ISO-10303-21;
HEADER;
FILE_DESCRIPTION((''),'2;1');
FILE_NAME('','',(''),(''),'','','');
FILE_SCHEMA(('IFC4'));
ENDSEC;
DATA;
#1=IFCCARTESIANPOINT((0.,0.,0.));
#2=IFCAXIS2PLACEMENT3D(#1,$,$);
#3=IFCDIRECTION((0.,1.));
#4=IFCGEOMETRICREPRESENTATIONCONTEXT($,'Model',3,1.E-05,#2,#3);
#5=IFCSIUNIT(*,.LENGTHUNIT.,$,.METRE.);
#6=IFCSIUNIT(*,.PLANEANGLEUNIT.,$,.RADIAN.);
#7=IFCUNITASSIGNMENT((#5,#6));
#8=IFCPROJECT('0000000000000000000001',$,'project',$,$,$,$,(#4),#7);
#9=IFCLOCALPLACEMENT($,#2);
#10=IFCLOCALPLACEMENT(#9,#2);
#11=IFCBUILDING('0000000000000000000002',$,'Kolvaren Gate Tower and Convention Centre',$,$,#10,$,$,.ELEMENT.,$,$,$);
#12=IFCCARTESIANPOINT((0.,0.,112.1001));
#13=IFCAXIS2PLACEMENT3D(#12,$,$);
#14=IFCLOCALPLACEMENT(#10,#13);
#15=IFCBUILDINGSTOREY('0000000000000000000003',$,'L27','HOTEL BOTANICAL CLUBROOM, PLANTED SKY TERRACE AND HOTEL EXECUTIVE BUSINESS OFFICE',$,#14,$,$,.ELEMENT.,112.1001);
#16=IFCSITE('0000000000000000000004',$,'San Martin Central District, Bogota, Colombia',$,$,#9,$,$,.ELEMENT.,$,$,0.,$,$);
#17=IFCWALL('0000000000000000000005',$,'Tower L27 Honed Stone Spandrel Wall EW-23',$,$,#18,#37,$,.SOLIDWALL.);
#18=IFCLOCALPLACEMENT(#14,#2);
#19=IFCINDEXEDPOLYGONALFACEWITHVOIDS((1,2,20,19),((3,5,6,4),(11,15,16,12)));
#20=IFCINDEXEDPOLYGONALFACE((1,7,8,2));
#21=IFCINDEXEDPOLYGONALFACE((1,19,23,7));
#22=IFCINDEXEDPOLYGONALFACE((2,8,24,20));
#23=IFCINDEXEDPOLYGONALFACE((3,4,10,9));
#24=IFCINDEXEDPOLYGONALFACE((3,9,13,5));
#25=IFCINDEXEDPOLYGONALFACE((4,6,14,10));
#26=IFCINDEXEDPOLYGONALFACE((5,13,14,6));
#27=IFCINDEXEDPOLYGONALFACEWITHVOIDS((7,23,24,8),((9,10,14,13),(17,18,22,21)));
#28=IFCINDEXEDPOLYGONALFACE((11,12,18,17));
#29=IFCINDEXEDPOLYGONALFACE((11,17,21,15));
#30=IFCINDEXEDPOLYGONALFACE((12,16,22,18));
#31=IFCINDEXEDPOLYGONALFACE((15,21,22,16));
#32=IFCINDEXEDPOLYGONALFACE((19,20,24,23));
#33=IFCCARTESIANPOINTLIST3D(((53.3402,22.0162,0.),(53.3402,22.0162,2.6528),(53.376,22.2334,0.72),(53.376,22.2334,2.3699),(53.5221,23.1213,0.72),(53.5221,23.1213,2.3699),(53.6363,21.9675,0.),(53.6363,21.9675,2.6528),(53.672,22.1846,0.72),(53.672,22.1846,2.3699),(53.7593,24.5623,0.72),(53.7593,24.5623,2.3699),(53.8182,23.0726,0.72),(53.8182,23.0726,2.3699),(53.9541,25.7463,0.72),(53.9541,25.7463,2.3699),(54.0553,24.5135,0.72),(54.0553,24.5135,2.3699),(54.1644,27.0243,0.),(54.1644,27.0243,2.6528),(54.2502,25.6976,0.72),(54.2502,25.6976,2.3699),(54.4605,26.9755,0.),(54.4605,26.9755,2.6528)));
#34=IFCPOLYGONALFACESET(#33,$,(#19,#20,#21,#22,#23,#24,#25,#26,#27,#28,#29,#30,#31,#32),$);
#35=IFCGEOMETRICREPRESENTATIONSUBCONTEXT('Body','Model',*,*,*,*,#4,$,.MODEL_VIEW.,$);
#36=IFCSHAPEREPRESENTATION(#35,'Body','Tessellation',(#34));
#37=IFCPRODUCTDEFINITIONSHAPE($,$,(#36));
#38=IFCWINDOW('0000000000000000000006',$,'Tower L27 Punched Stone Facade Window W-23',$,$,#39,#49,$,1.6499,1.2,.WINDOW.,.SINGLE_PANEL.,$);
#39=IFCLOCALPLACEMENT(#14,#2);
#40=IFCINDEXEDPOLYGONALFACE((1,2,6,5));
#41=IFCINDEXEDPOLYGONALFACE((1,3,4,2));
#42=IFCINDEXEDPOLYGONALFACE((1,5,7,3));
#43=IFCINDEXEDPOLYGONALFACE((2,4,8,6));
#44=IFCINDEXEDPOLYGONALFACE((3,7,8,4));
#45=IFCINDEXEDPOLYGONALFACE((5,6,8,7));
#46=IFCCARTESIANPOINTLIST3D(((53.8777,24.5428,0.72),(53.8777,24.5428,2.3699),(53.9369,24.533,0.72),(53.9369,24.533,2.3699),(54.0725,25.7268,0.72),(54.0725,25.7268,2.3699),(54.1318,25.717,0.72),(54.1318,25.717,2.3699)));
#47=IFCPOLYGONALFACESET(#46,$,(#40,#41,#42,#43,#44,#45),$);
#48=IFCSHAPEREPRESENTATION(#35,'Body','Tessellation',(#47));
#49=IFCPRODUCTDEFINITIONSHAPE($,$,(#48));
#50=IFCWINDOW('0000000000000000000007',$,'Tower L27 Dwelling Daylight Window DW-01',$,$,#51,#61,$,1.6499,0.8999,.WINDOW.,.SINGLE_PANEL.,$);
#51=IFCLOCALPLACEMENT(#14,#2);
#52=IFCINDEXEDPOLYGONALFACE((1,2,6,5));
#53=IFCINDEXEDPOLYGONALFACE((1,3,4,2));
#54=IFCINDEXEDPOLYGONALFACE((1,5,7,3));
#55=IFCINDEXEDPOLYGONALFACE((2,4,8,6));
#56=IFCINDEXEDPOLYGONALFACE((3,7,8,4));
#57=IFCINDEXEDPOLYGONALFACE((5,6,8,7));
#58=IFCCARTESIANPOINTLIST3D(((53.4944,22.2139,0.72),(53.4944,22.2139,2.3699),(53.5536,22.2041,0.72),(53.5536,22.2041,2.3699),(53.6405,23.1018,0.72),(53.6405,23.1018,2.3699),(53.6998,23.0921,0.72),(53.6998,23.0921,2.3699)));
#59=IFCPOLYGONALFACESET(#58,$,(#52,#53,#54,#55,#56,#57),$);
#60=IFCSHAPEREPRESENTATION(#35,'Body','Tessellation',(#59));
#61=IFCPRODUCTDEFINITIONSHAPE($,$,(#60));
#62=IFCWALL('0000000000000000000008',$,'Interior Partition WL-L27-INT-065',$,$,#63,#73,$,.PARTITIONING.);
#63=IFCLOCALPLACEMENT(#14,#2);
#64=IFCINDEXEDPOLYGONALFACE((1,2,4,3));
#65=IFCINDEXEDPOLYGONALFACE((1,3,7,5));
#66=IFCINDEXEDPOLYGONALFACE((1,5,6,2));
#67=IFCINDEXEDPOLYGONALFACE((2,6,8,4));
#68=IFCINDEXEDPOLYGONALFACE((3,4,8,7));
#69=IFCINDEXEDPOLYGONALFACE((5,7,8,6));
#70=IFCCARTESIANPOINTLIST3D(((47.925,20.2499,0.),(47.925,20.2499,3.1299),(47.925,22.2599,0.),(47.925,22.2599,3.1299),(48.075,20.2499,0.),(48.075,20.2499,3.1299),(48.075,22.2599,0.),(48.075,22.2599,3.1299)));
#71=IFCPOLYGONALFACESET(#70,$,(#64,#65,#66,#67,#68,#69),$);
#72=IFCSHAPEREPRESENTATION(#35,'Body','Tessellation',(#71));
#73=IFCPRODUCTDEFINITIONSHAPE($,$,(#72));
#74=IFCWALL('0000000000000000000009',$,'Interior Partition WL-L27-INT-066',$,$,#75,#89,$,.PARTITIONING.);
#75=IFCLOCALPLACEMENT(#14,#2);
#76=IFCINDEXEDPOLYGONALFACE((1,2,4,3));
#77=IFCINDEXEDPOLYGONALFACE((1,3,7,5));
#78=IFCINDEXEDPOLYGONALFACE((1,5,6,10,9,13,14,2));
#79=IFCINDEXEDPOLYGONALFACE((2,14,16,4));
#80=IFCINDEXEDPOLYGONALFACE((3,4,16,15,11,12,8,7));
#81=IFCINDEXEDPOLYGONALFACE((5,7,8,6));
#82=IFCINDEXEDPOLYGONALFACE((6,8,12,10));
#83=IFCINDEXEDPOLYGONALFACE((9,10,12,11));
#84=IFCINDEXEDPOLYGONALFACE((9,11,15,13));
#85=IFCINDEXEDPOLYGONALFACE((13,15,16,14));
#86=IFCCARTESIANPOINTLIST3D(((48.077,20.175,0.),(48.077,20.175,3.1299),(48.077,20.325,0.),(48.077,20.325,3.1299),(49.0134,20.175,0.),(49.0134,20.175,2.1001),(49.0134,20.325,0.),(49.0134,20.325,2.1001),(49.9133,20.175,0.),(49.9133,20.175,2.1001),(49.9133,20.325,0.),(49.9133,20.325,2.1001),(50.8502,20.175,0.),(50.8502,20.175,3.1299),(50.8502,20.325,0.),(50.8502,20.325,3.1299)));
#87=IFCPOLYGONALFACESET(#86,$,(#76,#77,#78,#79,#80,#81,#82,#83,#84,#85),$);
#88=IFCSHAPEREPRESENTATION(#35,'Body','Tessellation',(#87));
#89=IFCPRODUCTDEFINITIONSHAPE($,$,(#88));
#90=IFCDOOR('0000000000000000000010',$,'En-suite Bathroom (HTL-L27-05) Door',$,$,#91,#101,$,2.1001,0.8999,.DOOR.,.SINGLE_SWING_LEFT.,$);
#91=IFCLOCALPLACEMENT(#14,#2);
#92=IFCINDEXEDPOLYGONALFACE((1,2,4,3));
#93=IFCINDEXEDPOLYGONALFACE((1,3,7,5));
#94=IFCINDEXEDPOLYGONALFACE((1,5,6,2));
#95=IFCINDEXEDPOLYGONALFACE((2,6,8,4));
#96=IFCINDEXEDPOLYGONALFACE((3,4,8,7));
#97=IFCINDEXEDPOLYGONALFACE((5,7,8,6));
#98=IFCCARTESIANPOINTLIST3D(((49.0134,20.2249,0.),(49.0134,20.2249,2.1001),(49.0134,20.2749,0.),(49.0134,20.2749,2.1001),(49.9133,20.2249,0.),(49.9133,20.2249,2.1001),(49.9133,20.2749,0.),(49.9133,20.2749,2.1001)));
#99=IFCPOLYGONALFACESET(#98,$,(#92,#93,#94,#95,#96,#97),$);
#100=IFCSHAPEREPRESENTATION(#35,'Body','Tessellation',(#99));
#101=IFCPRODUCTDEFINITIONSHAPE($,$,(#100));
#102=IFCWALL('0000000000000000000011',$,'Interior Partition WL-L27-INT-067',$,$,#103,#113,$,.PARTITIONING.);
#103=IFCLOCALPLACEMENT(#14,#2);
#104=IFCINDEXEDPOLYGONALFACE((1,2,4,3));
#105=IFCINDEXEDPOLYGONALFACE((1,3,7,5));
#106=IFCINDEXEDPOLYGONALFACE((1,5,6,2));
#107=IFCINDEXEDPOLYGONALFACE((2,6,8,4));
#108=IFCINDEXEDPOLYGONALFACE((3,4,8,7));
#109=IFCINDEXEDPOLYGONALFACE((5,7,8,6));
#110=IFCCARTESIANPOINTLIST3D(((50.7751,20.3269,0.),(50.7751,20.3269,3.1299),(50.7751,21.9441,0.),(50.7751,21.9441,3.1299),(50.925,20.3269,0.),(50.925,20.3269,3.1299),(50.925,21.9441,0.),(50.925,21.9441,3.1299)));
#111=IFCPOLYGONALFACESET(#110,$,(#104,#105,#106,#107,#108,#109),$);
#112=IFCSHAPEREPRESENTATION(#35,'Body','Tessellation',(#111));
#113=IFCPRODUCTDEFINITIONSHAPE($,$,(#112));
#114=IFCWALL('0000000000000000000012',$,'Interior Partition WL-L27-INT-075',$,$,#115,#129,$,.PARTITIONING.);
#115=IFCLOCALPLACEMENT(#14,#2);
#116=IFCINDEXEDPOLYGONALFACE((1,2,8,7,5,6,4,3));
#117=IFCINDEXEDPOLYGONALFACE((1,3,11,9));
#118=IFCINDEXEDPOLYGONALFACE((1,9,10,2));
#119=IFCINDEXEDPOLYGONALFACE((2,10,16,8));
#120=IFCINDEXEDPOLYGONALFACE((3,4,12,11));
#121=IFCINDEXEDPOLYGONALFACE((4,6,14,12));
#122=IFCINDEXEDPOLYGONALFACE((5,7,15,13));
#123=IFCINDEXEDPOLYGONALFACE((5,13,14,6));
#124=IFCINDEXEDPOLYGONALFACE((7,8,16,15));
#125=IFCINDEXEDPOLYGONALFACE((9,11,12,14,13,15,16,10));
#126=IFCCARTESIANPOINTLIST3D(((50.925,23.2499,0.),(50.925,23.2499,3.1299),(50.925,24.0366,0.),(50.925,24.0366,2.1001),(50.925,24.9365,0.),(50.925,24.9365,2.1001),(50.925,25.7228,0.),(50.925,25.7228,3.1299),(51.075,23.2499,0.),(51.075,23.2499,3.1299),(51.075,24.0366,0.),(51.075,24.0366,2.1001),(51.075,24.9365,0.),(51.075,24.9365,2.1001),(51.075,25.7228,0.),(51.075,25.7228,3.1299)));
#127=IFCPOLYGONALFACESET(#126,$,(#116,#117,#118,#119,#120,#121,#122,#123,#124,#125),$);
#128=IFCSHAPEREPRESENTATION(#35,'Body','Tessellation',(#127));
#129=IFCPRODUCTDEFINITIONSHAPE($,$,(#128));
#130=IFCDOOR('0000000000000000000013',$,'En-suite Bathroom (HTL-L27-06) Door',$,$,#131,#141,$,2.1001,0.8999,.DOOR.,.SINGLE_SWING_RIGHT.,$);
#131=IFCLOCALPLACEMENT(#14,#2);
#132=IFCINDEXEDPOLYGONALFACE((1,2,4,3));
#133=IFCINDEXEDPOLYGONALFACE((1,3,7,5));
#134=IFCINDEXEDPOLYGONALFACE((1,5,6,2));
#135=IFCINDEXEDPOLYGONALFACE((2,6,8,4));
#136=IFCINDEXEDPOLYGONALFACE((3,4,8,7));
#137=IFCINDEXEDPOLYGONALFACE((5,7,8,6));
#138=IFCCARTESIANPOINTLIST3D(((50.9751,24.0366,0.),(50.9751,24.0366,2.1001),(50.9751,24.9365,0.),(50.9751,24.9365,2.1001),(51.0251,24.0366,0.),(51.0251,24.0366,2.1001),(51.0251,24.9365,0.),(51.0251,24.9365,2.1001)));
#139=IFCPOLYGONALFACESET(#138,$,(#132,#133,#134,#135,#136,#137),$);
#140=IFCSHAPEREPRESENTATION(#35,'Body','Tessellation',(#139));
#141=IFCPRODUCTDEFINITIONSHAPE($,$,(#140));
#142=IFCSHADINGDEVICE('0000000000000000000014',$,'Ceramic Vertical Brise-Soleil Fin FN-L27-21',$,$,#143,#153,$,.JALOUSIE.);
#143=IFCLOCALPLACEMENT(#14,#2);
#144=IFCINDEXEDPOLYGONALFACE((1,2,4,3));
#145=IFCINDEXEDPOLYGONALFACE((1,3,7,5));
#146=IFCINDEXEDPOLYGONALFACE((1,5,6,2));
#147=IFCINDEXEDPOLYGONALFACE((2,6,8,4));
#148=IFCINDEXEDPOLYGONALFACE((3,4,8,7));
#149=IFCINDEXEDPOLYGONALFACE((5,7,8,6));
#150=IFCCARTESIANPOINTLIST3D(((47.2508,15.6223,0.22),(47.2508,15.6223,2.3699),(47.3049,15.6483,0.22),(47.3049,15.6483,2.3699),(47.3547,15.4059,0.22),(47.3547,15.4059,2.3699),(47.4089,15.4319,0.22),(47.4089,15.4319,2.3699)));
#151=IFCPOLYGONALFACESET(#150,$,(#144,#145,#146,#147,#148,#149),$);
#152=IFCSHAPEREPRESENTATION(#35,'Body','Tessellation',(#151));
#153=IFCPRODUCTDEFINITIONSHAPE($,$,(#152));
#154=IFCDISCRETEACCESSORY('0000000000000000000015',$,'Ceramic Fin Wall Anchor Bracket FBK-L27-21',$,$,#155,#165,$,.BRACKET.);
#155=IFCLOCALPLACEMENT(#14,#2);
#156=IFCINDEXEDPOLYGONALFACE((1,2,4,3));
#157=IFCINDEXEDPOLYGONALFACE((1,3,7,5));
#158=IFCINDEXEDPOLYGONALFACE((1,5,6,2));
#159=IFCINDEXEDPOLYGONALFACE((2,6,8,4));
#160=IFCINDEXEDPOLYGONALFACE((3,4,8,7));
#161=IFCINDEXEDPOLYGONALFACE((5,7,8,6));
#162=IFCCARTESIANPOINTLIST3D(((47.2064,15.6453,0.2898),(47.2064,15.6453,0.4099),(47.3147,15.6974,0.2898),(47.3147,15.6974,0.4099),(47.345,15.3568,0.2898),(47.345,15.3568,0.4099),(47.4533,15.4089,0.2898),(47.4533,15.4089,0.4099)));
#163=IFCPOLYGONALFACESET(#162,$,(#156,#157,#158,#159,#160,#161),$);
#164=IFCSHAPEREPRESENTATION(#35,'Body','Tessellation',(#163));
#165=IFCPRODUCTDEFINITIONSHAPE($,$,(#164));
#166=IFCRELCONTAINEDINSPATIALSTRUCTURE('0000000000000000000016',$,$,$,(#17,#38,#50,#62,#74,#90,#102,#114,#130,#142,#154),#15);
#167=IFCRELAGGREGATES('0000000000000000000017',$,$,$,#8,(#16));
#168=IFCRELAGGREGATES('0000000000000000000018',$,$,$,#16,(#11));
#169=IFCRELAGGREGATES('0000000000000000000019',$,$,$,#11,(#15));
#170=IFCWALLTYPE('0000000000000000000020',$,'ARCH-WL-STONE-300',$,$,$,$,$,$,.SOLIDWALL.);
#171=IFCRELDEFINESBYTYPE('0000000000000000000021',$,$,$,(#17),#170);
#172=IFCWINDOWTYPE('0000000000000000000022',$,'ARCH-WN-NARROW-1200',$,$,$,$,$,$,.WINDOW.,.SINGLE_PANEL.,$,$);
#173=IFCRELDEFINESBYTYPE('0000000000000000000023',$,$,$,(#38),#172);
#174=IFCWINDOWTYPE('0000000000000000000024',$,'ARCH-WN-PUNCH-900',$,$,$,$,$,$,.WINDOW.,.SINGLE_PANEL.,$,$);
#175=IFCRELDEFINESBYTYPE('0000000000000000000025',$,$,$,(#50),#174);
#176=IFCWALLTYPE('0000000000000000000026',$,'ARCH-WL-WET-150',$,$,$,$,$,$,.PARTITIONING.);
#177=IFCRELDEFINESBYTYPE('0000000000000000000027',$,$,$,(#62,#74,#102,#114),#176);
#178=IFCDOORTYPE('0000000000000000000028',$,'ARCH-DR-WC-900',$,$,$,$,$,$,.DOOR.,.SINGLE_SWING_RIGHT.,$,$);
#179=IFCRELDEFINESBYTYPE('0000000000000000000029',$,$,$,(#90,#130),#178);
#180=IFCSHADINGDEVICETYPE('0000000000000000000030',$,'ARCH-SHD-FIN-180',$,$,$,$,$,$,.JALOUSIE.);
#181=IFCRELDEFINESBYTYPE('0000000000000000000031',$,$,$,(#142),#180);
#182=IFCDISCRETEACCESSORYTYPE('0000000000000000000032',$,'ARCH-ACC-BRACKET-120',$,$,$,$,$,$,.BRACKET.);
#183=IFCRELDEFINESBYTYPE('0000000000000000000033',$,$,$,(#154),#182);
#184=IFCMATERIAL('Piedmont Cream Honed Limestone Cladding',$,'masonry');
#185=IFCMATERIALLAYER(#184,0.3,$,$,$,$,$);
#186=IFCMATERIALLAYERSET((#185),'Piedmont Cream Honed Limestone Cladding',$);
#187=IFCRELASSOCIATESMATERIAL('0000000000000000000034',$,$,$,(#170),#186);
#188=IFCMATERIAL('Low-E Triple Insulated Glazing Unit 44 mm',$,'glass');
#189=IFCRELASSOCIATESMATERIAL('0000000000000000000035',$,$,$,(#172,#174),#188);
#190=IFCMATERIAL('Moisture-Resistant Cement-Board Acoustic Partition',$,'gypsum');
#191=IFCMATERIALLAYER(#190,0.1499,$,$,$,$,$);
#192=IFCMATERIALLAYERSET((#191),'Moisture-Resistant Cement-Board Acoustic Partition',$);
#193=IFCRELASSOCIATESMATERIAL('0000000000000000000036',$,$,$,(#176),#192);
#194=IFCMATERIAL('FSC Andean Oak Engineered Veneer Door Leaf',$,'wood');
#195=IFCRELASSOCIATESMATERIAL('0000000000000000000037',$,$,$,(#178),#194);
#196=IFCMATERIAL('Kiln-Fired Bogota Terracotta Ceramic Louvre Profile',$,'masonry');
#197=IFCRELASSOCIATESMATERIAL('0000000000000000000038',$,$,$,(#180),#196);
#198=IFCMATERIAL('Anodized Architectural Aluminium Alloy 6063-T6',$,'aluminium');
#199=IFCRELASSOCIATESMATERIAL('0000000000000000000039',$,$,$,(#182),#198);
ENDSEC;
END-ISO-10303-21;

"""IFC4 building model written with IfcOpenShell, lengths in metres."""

from ifc_helpers import new_model, si_unit, direction, frame, frame_2d, origin, origin_2d, place, context, subcontext, project, spatial, rectangle, extrude, material, layer, layer_set, type_object, element, fill, save


model = new_model("IFC4")

# Units and contexts
model_context = context("Model", 3, precision=1e-05, world=origin(), true_north=direction((0.0, 1.0)))
body_context = subcontext(model_context, "Body", "Model", "MODEL_VIEW")
ifc_project = project(units=[si_unit("LENGTHUNIT", "METRE"), si_unit("PLANEANGLEUNIT", "RADIAN")], contexts=[model_context])

# Site, building, storey
site_placement = place(None, origin())
site = spatial("IfcSite", under=ifc_project, at=site_placement, Name="San Martin Central District, Bogota, Colombia", CompositionType="ELEMENT", RefElevation=0.0)
building_placement = place(site_placement, origin())
building = spatial("IfcBuilding", under=site, at=building_placement, Name="Kolvaren Gate Tower and Convention Centre", CompositionType="ELEMENT")
storey_placement = place(building_placement, frame((0.0, 0.0, 112.1001)))
storey = spatial("IfcBuildingStorey", under=building, at=storey_placement, Name="L27", Description="HOTEL BOTANICAL CLUBROOM, PLANTED SKY TERRACE AND HOTEL EXECUTIVE BUSINESS OFFICE", CompositionType="ELEMENT", Elevation=112.1001)

# Shared definitions
ifc_material_1 = material(Name="Piedmont Cream Honed Limestone Cladding", Category="masonry")

# Shared definitions
ifc_layer_1 = layer(ifc_material_1, 0.3)
ifc_layer_set_1 = layer_set([ifc_layer_1], Name="Piedmont Cream Honed Limestone Cladding")
wall_type_1 = type_object("IfcWallType", Name="ARCH-WL-STONE-300", PredefinedType="SOLIDWALL", material=ifc_layer_set_1)
ifc_material_2 = material(Name="Anodized Architectural Aluminium Alloy 6063-T6", Category="aluminium")

# Wall, openings, windows
wall_1_placement = place(storey_placement, frame((53.4883, 21.9919, 0.0), z_axis=(0.0, 0.0, 1.0), x_axis=(0.162394, 0.986726, 0.0)))
wall_1 = element("IfcWall", 1, at=wall_1_placement, inside=storey, type_object=wall_type_1, Name="Tower L27 Honed Stone Spandrel Wall EW-23", PredefinedType="SOLIDWALL", context=body_context, shape_type="SweptSolid", body=[
    extrude(rectangle(XDim=5.0754, YDim=0.3, at=frame_2d((2.5376, 0.0))), origin(), (0.0, 0.0, 1.0), 2.6528),
])
opening_1_placement = place(wall_1_placement, frame((2.5801, 0.0, 0.72)))
opening_1 = element("IfcOpeningElement", 2, at=opening_1_placement, cuts=wall_1, PredefinedType="OPENING", context=body_context, shape_type="SweptSolid", body=[
    extrude(rectangle(XDim=1.2, YDim=1.6499, at=frame_2d((0.6001, 0.825))), frame((0.0, 0.1599, 0.0), z_axis=(0.0, -1.0, 0.0), x_axis=(1.0, 0.0, 0.0)), (0.0, 0.0, 1.0), 0.3201),
])
opening_2_placement = place(wall_1_placement, frame((0.22, 0.0, 0.72)))
opening_2 = element("IfcOpeningElement", 3, at=opening_2_placement, cuts=wall_1, PredefinedType="OPENING", context=body_context, shape_type="SweptSolid", body=[
    extrude(rectangle(XDim=0.8999, YDim=1.6499, at=frame_2d((0.45, 0.825))), frame((0.0, 0.1599, 0.0), z_axis=(0.0, -1.0, 0.0), x_axis=(1.0, 0.0, 0.0)), (0.0, 0.0, 1.0), 0.3201),
])
ifc_material_3 = material(Name="Low-E Triple Insulated Glazing Unit 44 mm", Category="glass")
window_type_1 = type_object("IfcWindowType", Name="ARCH-WN-NARROW-1200", PartitioningType="SINGLE_PANEL", PredefinedType="WINDOW", material=ifc_material_3)
window_1_placement = place(opening_1_placement, origin())
window_1 = element("IfcWindow", 4, at=window_1_placement, inside=storey, type_object=window_type_1, Name="Tower L27 Punched Stone Facade Window W-23", OverallHeight=1.6499, OverallWidth=1.2, PartitioningType="SINGLE_PANEL", PredefinedType="WINDOW", context=body_context, shape_type="SweptSolid", body=[
    extrude(rectangle(XDim=1.2, YDim=1.6499, at=frame_2d((0.6001, 0.825))), frame((0.0, 0.03, 0.0), z_axis=(0.0, -1.0, 0.0), x_axis=(1.0, 0.0, 0.0)), (0.0, 0.0, 1.0), 0.0601),
])
fill(opening_1, window_1)
window_type_2 = type_object("IfcWindowType", Name="ARCH-WN-PUNCH-900", PartitioningType="SINGLE_PANEL", PredefinedType="WINDOW", material=ifc_material_3)
window_2_placement = place(opening_2_placement, origin())
window_2 = element("IfcWindow", 5, at=window_2_placement, inside=storey, type_object=window_type_2, Name="Tower L27 Dwelling Daylight Window DW-01", OverallHeight=1.6499, OverallWidth=0.8999, PartitioningType="SINGLE_PANEL", PredefinedType="WINDOW", context=body_context, shape_type="SweptSolid", body=[
    extrude(rectangle(XDim=0.8999, YDim=1.6499, at=frame_2d((0.45, 0.825))), frame((0.0, 0.03, 0.0), z_axis=(0.0, -1.0, 0.0), x_axis=(1.0, 0.0, 0.0)), (0.0, 0.0, 1.0), 0.0601),
])
fill(opening_2, window_2)

# Wall
ifc_material_4 = material(Name="Moisture-Resistant Cement-Board Acoustic Partition", Category="gypsum")
ifc_layer_2 = layer(ifc_material_4, 0.1499)
ifc_layer_set_2 = layer_set([ifc_layer_2], Name="Moisture-Resistant Cement-Board Acoustic Partition")
wall_type_2 = type_object("IfcWallType", Name="ARCH-WL-WET-150", PredefinedType="PARTITIONING", material=ifc_layer_set_2)
wall_2_placement = place(storey_placement, frame((48.0, 20.25, 0.0), z_axis=(0.0, 0.0, 1.0), x_axis=(0.0, 1.0, 0.0)))
element("IfcWall", 6, at=wall_2_placement, inside=storey, type_object=wall_type_2, Name="Interior Partition WL-L27-INT-065", PredefinedType="PARTITIONING", context=body_context, shape_type="SweptSolid", body=[
    extrude(rectangle(XDim=2.01, YDim=0.1499, at=frame_2d((1.0049, 0.0))), origin(), (0.0, 0.0, 1.0), 3.1299),
])

# Wall, opening, door
wall_3_placement = place(storey_placement, frame((48.0769, 20.25, 0.0), z_axis=(0.0, 0.0, 1.0), x_axis=(1.0, 0.0, 0.0)))
wall_3 = element("IfcWall", 7, at=wall_3_placement, inside=storey, type_object=wall_type_2, Name="Interior Partition WL-L27-INT-066", PredefinedType="PARTITIONING", context=body_context, shape_type="SweptSolid", body=[
    extrude(rectangle(XDim=2.7732, YDim=0.1499, at=frame_2d((1.3867, 0.0))), origin(), (0.0, 0.0, 1.0), 3.1299),
])
opening_3_placement = place(wall_3_placement, frame((0.9365, 0.0, 0.0)))
opening_3 = element("IfcOpeningElement", 8, at=opening_3_placement, cuts=wall_3, PredefinedType="OPENING", context=body_context, shape_type="SweptSolid", body=[
    extrude(rectangle(XDim=0.8999, YDim=2.1001, at=frame_2d((0.45, 1.05))), frame((0.0, 0.085, 0.0), z_axis=(0.0, -1.0, 0.0), x_axis=(1.0, 0.0, 0.0)), (0.0, 0.0, 1.0), 0.1699),
])
ifc_material_5 = material(Name="FSC Andean Oak Engineered Veneer Door Leaf", Category="wood")
door_type_1 = type_object("IfcDoorType", Name="ARCH-DR-WC-900", OperationType="SINGLE_SWING_RIGHT", PredefinedType="DOOR", material=ifc_material_5)
door_1_placement = place(opening_3_placement, origin())
door_1 = element("IfcDoor", 9, at=door_1_placement, inside=storey, type_object=door_type_1, Name="En-suite Bathroom (HTL-L27-05) Door", OperationType="SINGLE_SWING_LEFT", OverallHeight=2.1001, OverallWidth=0.8999, PredefinedType="DOOR", context=body_context, shape_type="SweptSolid", body=[
    extrude(rectangle(XDim=0.8999, YDim=2.1001, at=frame_2d((0.45, 1.05))), frame((0.0, 0.0249, 0.0), z_axis=(0.0, -1.0, 0.0), x_axis=(1.0, 0.0, 0.0)), (0.0, 0.0, 1.0), 0.05),
])
fill(opening_3, door_1)

# Wall
wall_4_placement = place(storey_placement, frame((50.8501, 20.3269, 0.0), z_axis=(0.0, 0.0, 1.0), x_axis=(0.0, 1.0, 0.0)))
element("IfcWall", 10, at=wall_4_placement, inside=storey, type_object=wall_type_2, Name="Interior Partition WL-L27-INT-067", PredefinedType="PARTITIONING", context=body_context, shape_type="SweptSolid", body=[
    extrude(rectangle(XDim=1.6172, YDim=0.1499, at=frame_2d((0.8086, 0.0))), origin(), (0.0, 0.0, 1.0), 3.1299),
])

# Wall, opening, door
wall_5_placement = place(storey_placement, frame((51.0, 23.25, 0.0), z_axis=(0.0, 0.0, 1.0), x_axis=(0.0, 1.0, 0.0)))
wall_5 = element("IfcWall", 11, at=wall_5_placement, inside=storey, type_object=wall_type_2, Name="Interior Partition WL-L27-INT-075", PredefinedType="PARTITIONING", context=body_context, shape_type="SweptSolid", body=[
    extrude(rectangle(XDim=2.4729, YDim=0.1499, at=frame_2d((1.2363, 0.0))), origin(), (0.0, 0.0, 1.0), 3.1299),
])
opening_4_placement = place(wall_5_placement, frame((0.7866, 0.0, 0.0)))
opening_4 = element("IfcOpeningElement", 12, at=opening_4_placement, cuts=wall_5, PredefinedType="OPENING", context=body_context, shape_type="SweptSolid", body=[
    extrude(rectangle(XDim=0.8999, YDim=2.1001, at=frame_2d((0.45, 1.05))), frame((0.0, 0.085, 0.0), z_axis=(0.0, -1.0, 0.0), x_axis=(1.0, 0.0, 0.0)), (0.0, 0.0, 1.0), 0.1699),
])
door_2_placement = place(opening_4_placement, origin())
door_2 = element("IfcDoor", 13, at=door_2_placement, inside=storey, type_object=door_type_1, Name="En-suite Bathroom (HTL-L27-06) Door", OperationType="SINGLE_SWING_RIGHT", OverallHeight=2.1001, OverallWidth=0.8999, PredefinedType="DOOR", context=body_context, shape_type="SweptSolid", body=[
    extrude(rectangle(XDim=0.8999, YDim=2.1001, at=frame_2d((0.45, 1.05))), frame((0.0, 0.0249, 0.0), z_axis=(0.0, -1.0, 0.0), x_axis=(1.0, 0.0, 0.0)), (0.0, 0.0, 1.0), 0.05),
])
fill(opening_4, door_2)

# Shading device
ifc_material_6 = material(Name="Kiln-Fired Bogota Terracotta Ceramic Louvre Profile", Category="masonry")
shading_device_type = type_object("IfcShadingDeviceType", Name="ARCH-SHD-FIN-180", PredefinedType="JALOUSIE", material=ifc_material_6)
shading_device_placement = place(storey_placement, frame((47.3298, 15.5271, 0.22), z_axis=(0.0, 0.0, 1.0), x_axis=(0.901363, 0.433065, 0.0)))
element("IfcShadingDevice", 14, at=shading_device_placement, inside=storey, type_object=shading_device_type, Name="Ceramic Vertical Brise-Soleil Fin FN-L27-21", PredefinedType="JALOUSIE", context=body_context, shape_type="SweptSolid", body=[
    extrude(rectangle(XDim=0.0601, YDim=0.24, at=origin_2d()), origin(), (0.0, 0.0, 1.0), 2.1499),
])

# Discrete accessory
discrete_accessory_type_1 = type_object("IfcDiscreteAccessoryType", Name="ARCH-ACC-BRACKET-120", PredefinedType="BRACKET", material=ifc_material_2)
discrete_accessory_placement = place(storey_placement, frame((47.3298, 15.5271, 0.2898), z_axis=(0.0, 0.0, 1.0), x_axis=(0.901363, 0.433065, 0.0)))
element("IfcDiscreteAccessory", 15, at=discrete_accessory_placement, inside=storey, type_object=discrete_accessory_type_1, Name="Ceramic Fin Wall Anchor Bracket FBK-L27-21", PredefinedType="BRACKET", context=body_context, shape_type="SweptSolid", body=[
    extrude(rectangle(XDim=0.1201, YDim=0.3201, at=origin_2d()), origin(), (0.0, 0.0, 1.0), 0.1201),
])

save(model, "model.ifc")
